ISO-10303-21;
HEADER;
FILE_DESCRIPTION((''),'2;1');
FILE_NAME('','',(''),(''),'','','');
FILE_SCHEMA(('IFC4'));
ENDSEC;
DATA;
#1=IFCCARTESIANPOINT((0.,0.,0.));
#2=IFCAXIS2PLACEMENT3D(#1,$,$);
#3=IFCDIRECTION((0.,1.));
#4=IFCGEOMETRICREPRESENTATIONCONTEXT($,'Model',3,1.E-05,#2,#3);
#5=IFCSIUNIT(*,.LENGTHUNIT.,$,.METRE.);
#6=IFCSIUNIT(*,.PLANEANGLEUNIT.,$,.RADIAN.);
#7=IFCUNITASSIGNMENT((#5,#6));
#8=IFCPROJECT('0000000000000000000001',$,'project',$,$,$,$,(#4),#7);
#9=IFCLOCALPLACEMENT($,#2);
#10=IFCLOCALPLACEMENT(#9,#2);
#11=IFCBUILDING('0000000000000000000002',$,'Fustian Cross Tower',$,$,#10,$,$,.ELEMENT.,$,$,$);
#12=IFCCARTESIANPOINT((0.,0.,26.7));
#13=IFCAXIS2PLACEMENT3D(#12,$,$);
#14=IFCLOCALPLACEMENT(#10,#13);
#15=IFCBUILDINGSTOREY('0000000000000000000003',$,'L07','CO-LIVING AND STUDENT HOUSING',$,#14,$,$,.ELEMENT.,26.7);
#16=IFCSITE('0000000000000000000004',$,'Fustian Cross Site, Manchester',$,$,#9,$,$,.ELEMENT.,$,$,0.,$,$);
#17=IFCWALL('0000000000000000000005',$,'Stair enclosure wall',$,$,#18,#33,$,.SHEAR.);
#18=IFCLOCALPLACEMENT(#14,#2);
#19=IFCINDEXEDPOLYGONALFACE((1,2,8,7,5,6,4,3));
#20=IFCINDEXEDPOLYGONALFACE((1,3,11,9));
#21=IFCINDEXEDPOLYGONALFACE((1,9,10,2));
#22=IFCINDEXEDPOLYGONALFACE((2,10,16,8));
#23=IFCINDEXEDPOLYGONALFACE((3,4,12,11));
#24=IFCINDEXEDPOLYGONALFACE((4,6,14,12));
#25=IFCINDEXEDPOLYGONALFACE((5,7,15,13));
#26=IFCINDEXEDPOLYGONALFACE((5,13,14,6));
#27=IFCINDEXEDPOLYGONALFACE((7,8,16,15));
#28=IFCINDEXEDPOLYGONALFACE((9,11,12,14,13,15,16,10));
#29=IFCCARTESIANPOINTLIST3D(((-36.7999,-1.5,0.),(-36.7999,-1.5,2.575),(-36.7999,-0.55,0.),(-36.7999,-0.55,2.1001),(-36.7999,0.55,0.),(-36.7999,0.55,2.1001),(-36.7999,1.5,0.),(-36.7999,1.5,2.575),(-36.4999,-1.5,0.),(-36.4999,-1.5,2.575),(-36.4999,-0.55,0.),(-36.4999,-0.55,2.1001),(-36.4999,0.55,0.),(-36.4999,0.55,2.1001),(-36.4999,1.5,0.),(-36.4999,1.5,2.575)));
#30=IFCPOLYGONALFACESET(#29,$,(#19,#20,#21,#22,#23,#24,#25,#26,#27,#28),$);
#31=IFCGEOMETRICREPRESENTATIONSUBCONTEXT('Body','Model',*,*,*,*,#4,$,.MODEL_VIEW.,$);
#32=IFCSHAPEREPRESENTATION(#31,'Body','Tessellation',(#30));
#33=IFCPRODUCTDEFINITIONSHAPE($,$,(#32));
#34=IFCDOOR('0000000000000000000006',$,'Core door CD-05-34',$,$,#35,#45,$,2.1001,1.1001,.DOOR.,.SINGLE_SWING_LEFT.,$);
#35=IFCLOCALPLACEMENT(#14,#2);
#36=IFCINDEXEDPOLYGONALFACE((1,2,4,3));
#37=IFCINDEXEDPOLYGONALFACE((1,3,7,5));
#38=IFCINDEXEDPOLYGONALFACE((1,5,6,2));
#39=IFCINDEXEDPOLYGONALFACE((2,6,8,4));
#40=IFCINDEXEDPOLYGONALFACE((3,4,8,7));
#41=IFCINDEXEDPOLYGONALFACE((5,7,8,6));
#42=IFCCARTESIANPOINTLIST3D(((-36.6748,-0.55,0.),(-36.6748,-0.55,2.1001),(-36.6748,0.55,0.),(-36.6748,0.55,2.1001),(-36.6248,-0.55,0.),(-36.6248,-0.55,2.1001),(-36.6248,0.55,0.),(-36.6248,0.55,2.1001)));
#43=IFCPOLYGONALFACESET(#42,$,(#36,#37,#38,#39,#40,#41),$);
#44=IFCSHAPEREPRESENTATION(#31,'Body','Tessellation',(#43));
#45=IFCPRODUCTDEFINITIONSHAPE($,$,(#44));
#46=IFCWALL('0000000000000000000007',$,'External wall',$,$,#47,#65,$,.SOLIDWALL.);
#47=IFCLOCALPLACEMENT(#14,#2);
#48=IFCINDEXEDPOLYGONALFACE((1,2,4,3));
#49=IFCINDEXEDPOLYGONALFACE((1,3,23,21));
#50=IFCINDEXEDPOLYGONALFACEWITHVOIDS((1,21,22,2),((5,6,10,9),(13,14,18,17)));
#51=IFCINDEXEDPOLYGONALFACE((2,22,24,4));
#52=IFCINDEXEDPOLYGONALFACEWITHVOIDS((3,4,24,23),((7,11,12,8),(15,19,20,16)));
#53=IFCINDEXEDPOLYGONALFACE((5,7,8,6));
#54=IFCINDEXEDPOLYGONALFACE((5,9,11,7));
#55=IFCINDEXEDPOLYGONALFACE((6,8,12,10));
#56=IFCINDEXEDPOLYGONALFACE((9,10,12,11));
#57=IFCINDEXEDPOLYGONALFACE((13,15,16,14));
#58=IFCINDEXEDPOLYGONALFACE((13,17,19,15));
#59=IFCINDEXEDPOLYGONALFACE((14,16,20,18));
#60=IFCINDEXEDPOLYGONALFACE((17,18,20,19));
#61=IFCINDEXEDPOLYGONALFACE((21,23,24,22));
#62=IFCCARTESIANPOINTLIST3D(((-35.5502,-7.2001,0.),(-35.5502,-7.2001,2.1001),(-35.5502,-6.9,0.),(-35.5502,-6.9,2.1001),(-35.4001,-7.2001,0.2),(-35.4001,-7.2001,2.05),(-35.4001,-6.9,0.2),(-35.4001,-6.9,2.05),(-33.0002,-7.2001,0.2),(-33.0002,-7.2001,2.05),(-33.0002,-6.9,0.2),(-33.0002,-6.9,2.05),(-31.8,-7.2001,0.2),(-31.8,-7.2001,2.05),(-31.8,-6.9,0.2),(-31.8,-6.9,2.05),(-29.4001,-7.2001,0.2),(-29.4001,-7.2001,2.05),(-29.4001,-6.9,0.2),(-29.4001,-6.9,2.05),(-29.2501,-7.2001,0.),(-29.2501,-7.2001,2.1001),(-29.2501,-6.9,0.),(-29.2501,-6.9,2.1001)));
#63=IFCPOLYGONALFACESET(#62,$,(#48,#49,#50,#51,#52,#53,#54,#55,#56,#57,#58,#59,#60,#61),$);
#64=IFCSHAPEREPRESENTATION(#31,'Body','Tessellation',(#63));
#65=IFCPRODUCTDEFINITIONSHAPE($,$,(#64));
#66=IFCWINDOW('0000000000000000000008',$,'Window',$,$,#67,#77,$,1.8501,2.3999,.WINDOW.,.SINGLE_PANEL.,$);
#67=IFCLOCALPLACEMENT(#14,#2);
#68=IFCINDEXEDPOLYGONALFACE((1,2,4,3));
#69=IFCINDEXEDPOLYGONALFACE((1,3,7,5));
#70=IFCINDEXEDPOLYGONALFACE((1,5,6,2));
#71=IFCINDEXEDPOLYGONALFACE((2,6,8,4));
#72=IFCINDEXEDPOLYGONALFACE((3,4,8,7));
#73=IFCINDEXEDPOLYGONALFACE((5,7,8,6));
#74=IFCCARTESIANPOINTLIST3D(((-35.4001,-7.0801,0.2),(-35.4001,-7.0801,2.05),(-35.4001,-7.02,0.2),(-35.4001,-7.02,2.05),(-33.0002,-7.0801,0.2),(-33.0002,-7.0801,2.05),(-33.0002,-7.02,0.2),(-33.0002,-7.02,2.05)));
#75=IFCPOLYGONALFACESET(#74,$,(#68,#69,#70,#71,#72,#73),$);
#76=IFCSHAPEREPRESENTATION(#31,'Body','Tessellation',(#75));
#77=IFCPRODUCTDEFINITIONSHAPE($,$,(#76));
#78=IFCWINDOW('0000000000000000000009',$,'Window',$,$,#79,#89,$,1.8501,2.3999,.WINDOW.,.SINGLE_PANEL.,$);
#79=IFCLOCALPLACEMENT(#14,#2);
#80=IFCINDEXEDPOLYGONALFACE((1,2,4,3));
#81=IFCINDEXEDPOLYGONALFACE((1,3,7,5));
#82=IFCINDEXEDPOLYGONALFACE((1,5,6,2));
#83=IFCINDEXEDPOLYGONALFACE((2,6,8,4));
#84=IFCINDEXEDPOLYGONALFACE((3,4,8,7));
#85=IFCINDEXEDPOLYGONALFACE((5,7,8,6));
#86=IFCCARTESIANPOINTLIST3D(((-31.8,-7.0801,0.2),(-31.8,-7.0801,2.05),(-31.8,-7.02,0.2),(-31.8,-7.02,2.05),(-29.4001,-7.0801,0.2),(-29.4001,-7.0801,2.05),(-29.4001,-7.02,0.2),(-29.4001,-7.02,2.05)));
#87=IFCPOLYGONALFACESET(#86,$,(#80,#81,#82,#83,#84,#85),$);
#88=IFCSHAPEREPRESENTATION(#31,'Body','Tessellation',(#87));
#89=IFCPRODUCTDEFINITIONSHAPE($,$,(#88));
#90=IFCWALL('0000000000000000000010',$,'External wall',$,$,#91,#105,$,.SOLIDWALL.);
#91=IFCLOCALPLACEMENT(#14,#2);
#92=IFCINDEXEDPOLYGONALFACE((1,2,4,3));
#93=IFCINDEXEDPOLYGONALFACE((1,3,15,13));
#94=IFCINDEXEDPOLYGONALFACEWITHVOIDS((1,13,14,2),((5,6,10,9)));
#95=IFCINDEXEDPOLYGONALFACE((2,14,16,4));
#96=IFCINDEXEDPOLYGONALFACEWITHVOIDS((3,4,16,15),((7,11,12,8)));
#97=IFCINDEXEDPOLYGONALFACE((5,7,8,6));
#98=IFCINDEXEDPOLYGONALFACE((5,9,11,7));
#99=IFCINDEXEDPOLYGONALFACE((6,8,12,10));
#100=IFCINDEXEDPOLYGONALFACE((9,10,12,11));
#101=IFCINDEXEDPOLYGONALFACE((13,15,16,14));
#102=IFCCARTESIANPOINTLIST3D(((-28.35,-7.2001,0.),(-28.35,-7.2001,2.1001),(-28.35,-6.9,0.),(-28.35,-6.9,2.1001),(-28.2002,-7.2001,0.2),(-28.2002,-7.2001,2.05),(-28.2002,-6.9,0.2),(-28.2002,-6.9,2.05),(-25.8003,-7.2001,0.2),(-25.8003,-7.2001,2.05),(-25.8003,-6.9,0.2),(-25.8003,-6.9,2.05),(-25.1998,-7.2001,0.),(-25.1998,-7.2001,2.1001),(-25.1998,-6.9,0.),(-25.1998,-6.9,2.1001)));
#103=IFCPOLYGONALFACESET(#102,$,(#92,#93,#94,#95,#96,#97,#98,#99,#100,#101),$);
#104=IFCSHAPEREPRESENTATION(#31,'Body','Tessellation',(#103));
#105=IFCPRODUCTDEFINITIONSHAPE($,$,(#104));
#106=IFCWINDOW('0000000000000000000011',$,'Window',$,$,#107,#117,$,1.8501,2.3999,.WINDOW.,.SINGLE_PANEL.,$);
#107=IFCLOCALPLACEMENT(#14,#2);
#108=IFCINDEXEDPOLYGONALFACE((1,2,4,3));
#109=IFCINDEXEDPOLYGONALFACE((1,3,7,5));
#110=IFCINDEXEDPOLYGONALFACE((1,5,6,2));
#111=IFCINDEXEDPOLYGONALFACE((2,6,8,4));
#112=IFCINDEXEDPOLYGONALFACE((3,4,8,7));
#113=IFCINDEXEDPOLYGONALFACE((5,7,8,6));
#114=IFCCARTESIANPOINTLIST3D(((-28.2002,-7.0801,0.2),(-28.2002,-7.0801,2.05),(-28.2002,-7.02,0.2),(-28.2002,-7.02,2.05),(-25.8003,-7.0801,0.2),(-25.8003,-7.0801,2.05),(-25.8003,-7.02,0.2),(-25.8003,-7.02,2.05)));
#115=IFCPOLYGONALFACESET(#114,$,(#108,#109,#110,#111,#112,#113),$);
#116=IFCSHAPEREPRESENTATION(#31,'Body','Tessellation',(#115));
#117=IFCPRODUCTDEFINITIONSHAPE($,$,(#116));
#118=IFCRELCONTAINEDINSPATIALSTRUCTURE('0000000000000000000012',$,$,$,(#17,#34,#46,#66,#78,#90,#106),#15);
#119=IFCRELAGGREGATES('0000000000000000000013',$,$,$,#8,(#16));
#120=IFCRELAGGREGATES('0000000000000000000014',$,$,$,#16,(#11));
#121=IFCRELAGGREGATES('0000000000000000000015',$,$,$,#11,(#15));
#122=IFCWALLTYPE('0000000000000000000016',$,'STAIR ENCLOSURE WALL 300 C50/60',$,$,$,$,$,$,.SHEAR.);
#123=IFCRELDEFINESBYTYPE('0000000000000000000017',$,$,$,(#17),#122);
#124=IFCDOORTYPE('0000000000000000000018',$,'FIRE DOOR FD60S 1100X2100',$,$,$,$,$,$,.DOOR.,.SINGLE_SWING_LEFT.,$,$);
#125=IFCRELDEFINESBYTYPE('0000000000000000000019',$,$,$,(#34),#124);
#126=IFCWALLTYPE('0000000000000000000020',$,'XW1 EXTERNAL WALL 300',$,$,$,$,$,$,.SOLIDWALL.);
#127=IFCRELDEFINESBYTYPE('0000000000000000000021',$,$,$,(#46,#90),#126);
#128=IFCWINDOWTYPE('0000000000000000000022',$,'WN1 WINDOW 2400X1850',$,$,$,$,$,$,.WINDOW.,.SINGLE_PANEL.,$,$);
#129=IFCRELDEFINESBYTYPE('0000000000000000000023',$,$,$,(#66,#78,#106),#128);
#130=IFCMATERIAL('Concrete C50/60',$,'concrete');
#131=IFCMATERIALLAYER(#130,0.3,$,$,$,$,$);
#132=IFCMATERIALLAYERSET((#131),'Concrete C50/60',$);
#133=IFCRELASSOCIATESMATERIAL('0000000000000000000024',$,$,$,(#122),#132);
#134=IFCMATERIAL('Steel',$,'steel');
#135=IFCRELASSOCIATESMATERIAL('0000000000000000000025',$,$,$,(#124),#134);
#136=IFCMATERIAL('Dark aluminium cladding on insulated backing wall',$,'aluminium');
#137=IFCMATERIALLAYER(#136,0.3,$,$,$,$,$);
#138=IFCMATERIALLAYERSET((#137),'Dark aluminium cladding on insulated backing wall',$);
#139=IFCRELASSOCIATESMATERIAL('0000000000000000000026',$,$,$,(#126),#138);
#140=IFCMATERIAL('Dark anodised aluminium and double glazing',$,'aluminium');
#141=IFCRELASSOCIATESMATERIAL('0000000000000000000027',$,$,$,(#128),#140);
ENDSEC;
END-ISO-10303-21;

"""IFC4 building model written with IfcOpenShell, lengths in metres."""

from ifc_helpers import new_model, si_unit, direction, frame, frame_2d, origin, place, context, subcontext, project, spatial, rectangle, extrude, material, layer, layer_set, type_object, element, fill, save


model = new_model("IFC4")

# Units and contexts
model_context = context("Model", 3, precision=1e-05, world=origin(), true_north=direction((0.0, 1.0)))
body_context = subcontext(model_context, "Body", "Model", "MODEL_VIEW")
ifc_project = project(units=[si_unit("LENGTHUNIT", "METRE"), si_unit("PLANEANGLEUNIT", "RADIAN")], contexts=[model_context])

# Site, building, storey
site_placement = place(None, origin())
site = spatial("IfcSite", under=ifc_project, at=site_placement, Name="Fustian Cross Site, Manchester", CompositionType="ELEMENT", RefElevation=0.0)
building_placement = place(site_placement, origin())
building = spatial("IfcBuilding", under=site, at=building_placement, Name="Fustian Cross Tower", CompositionType="ELEMENT")
storey_placement = place(building_placement, frame((0.0, 0.0, 26.7)))
storey = spatial("IfcBuildingStorey", under=building, at=storey_placement, Name="L07", Description="CO-LIVING AND STUDENT HOUSING", CompositionType="ELEMENT", Elevation=26.7)

# Wall, opening, door
ifc_material_1 = material(Name="Concrete C50/60", Category="concrete")
ifc_layer_1 = layer(ifc_material_1, 0.3)
ifc_layer_set_1 = layer_set([ifc_layer_1], Name="Concrete C50/60")
wall_type_1 = type_object("IfcWallType", Name="STAIR ENCLOSURE WALL 300 C50/60", PredefinedType="SHEAR", material=ifc_layer_set_1)
wall_1_placement = place(storey_placement, frame((-36.6499, -1.5, 0.0), z_axis=(0.0, 0.0, 1.0), x_axis=(0.0, 1.0, 0.0)))
wall_1 = element("IfcWall", 1, at=wall_1_placement, inside=storey, type_object=wall_type_1, Name="Stair enclosure wall", PredefinedType="SHEAR", context=body_context, shape_type="SweptSolid", body=[
    extrude(rectangle(XDim=3.0, YDim=0.3, at=frame_2d((1.5, 0.0))), origin(), (0.0, 0.0, 1.0), 2.575),
])
opening_1_placement = place(wall_1_placement, frame((0.95, 0.0, 0.0)))
opening_1 = element("IfcOpeningElement", 2, at=opening_1_placement, cuts=wall_1, PredefinedType="OPENING", context=body_context, shape_type="SweptSolid", body=[
    extrude(rectangle(XDim=1.1001, YDim=2.1001, at=frame_2d((0.55, 1.05))), frame((0.0, 0.1599, 0.0), z_axis=(0.0, -1.0, 0.0), x_axis=(1.0, 0.0, 0.0)), (0.0, 0.0, 1.0), 0.3201),
])
ifc_material_2 = material(Name="Steel", Category="steel")
door_type_1 = type_object("IfcDoorType", Name="FIRE DOOR FD60S 1100X2100", OperationType="SINGLE_SWING_LEFT", PredefinedType="DOOR", material=ifc_material_2)
door_1_placement = place(opening_1_placement, origin())
door_1 = element("IfcDoor", 3, at=door_1_placement, inside=storey, type_object=door_type_1, Name="Core door CD-05-34", OperationType="SINGLE_SWING_LEFT", OverallHeight=2.1001, OverallWidth=1.1001, PredefinedType="DOOR", context=body_context, shape_type="SweptSolid", body=[
    extrude(rectangle(XDim=1.1001, YDim=2.1001, at=frame_2d((0.55, 1.05))), frame((0.0, 0.0249, 0.0), z_axis=(0.0, -1.0, 0.0), x_axis=(1.0, 0.0, 0.0)), (0.0, 0.0, 1.0), 0.05),
])
fill(opening_1, door_1)

# Wall, openings, windows
ifc_material_3 = material(Name="Dark aluminium cladding on insulated backing wall", Category="aluminium")
ifc_layer_2 = layer(ifc_material_3, 0.3)
ifc_layer_set_2 = layer_set([ifc_layer_2], Name="Dark aluminium cladding on insulated backing wall")
wall_type_2 = type_object("IfcWallType", Name="XW1 EXTERNAL WALL 300", PredefinedType="SOLIDWALL", material=ifc_layer_set_2)
wall_2_placement = place(storey_placement, frame((-35.55, -7.05, 0.0), z_axis=(0.0, 0.0, 1.0), x_axis=(1.0, 0.0, 0.0)))
wall_2 = element("IfcWall", 4, at=wall_2_placement, inside=storey, type_object=wall_type_2, Name="External wall", PredefinedType="SOLIDWALL", context=body_context, shape_type="SweptSolid", body=[
    extrude(rectangle(XDim=6.3, YDim=0.3, at=frame_2d((3.1499, 0.0))), origin(), (0.0, 0.0, 1.0), 2.1001),
])
opening_2_placement = place(wall_2_placement, frame((0.1499, 0.0, 0.2)))
opening_2 = element("IfcOpeningElement", 5, at=opening_2_placement, cuts=wall_2, PredefinedType="OPENING", context=body_context, shape_type="SweptSolid", body=[
    extrude(rectangle(XDim=2.3999, YDim=1.8501, at=frame_2d((1.2, 0.925))), frame((0.0, 0.1599, 0.0), z_axis=(0.0, -1.0, 0.0), x_axis=(1.0, 0.0, 0.0)), (0.0, 0.0, 1.0), 0.3201),
])
opening_3_placement = place(wall_2_placement, frame((3.75, 0.0, 0.2)))
opening_3 = element("IfcOpeningElement", 6, at=opening_3_placement, cuts=wall_2, PredefinedType="OPENING", context=body_context, shape_type="SweptSolid", body=[
    extrude(rectangle(XDim=2.3999, YDim=1.8501, at=frame_2d((1.2, 0.925))), frame((0.0, 0.1599, 0.0), z_axis=(0.0, -1.0, 0.0), x_axis=(1.0, 0.0, 0.0)), (0.0, 0.0, 1.0), 0.3201),
])
ifc_material_4 = material(Name="Dark anodised aluminium and double glazing", Category="aluminium")
window_type = type_object("IfcWindowType", Name="WN1 WINDOW 2400X1850", PartitioningType="SINGLE_PANEL", PredefinedType="WINDOW", material=ifc_material_4)
window_1_placement = place(opening_2_placement, origin())
window_1 = element("IfcWindow", 7, at=window_1_placement, inside=storey, type_object=window_type, Name="Window", OverallHeight=1.8501, OverallWidth=2.3999, PartitioningType="SINGLE_PANEL", PredefinedType="WINDOW", context=body_context, shape_type="SweptSolid", body=[
    extrude(rectangle(XDim=2.3999, YDim=1.8501, at=frame_2d((1.2, 0.925))), frame((0.0, 0.03, 0.0), z_axis=(0.0, -1.0, 0.0), x_axis=(1.0, 0.0, 0.0)), (0.0, 0.0, 1.0), 0.0601),
])
fill(opening_2, window_1)
window_2_placement = place(opening_3_placement, origin())
window_2 = element("IfcWindow", 8, at=window_2_placement, inside=storey, type_object=window_type, Name="Window", OverallHeight=1.8501, OverallWidth=2.3999, PartitioningType="SINGLE_PANEL", PredefinedType="WINDOW", context=body_context, shape_type="SweptSolid", body=[
    extrude(rectangle(XDim=2.3999, YDim=1.8501, at=frame_2d((1.2, 0.925))), frame((0.0, 0.03, 0.0), z_axis=(0.0, -1.0, 0.0), x_axis=(1.0, 0.0, 0.0)), (0.0, 0.0, 1.0), 0.0601),
])
fill(opening_3, window_2)

# Wall, opening, window
wall_3_placement = place(storey_placement, frame((-28.3501, -7.05, 0.0), z_axis=(0.0, 0.0, 1.0), x_axis=(1.0, 0.0, 0.0)))
wall_3 = element("IfcWall", 9, at=wall_3_placement, inside=storey, type_object=wall_type_2, Name="External wall", PredefinedType="SOLIDWALL", context=body_context, shape_type="SweptSolid", body=[
    extrude(rectangle(XDim=3.1501, YDim=0.3, at=frame_2d((1.5752, 0.0))), origin(), (0.0, 0.0, 1.0), 2.1001),
])
opening_4_placement = place(wall_3_placement, frame((0.1499, 0.0, 0.2)))
opening_4 = element("IfcOpeningElement", 10, at=opening_4_placement, cuts=wall_3, PredefinedType="OPENING", context=body_context, shape_type="SweptSolid", body=[
    extrude(rectangle(XDim=2.3999, YDim=1.8501, at=frame_2d((1.2, 0.925))), frame((0.0, 0.1599, 0.0), z_axis=(0.0, -1.0, 0.0), x_axis=(1.0, 0.0, 0.0)), (0.0, 0.0, 1.0), 0.3201),
])
window_3_placement = place(opening_4_placement, origin())
window_3 = element("IfcWindow", 11, at=window_3_placement, inside=storey, type_object=window_type, Name="Window", OverallHeight=1.8501, OverallWidth=2.3999, PartitioningType="SINGLE_PANEL", PredefinedType="WINDOW", context=body_context, shape_type="SweptSolid", body=[
    extrude(rectangle(XDim=2.3999, YDim=1.8501, at=frame_2d((1.2, 0.925))), frame((0.0, 0.03, 0.0), z_axis=(0.0, -1.0, 0.0), x_axis=(1.0, 0.0, 0.0)), (0.0, 0.0, 1.0), 0.0601),
])
fill(opening_4, window_3)

save(model, "model.ifc")
